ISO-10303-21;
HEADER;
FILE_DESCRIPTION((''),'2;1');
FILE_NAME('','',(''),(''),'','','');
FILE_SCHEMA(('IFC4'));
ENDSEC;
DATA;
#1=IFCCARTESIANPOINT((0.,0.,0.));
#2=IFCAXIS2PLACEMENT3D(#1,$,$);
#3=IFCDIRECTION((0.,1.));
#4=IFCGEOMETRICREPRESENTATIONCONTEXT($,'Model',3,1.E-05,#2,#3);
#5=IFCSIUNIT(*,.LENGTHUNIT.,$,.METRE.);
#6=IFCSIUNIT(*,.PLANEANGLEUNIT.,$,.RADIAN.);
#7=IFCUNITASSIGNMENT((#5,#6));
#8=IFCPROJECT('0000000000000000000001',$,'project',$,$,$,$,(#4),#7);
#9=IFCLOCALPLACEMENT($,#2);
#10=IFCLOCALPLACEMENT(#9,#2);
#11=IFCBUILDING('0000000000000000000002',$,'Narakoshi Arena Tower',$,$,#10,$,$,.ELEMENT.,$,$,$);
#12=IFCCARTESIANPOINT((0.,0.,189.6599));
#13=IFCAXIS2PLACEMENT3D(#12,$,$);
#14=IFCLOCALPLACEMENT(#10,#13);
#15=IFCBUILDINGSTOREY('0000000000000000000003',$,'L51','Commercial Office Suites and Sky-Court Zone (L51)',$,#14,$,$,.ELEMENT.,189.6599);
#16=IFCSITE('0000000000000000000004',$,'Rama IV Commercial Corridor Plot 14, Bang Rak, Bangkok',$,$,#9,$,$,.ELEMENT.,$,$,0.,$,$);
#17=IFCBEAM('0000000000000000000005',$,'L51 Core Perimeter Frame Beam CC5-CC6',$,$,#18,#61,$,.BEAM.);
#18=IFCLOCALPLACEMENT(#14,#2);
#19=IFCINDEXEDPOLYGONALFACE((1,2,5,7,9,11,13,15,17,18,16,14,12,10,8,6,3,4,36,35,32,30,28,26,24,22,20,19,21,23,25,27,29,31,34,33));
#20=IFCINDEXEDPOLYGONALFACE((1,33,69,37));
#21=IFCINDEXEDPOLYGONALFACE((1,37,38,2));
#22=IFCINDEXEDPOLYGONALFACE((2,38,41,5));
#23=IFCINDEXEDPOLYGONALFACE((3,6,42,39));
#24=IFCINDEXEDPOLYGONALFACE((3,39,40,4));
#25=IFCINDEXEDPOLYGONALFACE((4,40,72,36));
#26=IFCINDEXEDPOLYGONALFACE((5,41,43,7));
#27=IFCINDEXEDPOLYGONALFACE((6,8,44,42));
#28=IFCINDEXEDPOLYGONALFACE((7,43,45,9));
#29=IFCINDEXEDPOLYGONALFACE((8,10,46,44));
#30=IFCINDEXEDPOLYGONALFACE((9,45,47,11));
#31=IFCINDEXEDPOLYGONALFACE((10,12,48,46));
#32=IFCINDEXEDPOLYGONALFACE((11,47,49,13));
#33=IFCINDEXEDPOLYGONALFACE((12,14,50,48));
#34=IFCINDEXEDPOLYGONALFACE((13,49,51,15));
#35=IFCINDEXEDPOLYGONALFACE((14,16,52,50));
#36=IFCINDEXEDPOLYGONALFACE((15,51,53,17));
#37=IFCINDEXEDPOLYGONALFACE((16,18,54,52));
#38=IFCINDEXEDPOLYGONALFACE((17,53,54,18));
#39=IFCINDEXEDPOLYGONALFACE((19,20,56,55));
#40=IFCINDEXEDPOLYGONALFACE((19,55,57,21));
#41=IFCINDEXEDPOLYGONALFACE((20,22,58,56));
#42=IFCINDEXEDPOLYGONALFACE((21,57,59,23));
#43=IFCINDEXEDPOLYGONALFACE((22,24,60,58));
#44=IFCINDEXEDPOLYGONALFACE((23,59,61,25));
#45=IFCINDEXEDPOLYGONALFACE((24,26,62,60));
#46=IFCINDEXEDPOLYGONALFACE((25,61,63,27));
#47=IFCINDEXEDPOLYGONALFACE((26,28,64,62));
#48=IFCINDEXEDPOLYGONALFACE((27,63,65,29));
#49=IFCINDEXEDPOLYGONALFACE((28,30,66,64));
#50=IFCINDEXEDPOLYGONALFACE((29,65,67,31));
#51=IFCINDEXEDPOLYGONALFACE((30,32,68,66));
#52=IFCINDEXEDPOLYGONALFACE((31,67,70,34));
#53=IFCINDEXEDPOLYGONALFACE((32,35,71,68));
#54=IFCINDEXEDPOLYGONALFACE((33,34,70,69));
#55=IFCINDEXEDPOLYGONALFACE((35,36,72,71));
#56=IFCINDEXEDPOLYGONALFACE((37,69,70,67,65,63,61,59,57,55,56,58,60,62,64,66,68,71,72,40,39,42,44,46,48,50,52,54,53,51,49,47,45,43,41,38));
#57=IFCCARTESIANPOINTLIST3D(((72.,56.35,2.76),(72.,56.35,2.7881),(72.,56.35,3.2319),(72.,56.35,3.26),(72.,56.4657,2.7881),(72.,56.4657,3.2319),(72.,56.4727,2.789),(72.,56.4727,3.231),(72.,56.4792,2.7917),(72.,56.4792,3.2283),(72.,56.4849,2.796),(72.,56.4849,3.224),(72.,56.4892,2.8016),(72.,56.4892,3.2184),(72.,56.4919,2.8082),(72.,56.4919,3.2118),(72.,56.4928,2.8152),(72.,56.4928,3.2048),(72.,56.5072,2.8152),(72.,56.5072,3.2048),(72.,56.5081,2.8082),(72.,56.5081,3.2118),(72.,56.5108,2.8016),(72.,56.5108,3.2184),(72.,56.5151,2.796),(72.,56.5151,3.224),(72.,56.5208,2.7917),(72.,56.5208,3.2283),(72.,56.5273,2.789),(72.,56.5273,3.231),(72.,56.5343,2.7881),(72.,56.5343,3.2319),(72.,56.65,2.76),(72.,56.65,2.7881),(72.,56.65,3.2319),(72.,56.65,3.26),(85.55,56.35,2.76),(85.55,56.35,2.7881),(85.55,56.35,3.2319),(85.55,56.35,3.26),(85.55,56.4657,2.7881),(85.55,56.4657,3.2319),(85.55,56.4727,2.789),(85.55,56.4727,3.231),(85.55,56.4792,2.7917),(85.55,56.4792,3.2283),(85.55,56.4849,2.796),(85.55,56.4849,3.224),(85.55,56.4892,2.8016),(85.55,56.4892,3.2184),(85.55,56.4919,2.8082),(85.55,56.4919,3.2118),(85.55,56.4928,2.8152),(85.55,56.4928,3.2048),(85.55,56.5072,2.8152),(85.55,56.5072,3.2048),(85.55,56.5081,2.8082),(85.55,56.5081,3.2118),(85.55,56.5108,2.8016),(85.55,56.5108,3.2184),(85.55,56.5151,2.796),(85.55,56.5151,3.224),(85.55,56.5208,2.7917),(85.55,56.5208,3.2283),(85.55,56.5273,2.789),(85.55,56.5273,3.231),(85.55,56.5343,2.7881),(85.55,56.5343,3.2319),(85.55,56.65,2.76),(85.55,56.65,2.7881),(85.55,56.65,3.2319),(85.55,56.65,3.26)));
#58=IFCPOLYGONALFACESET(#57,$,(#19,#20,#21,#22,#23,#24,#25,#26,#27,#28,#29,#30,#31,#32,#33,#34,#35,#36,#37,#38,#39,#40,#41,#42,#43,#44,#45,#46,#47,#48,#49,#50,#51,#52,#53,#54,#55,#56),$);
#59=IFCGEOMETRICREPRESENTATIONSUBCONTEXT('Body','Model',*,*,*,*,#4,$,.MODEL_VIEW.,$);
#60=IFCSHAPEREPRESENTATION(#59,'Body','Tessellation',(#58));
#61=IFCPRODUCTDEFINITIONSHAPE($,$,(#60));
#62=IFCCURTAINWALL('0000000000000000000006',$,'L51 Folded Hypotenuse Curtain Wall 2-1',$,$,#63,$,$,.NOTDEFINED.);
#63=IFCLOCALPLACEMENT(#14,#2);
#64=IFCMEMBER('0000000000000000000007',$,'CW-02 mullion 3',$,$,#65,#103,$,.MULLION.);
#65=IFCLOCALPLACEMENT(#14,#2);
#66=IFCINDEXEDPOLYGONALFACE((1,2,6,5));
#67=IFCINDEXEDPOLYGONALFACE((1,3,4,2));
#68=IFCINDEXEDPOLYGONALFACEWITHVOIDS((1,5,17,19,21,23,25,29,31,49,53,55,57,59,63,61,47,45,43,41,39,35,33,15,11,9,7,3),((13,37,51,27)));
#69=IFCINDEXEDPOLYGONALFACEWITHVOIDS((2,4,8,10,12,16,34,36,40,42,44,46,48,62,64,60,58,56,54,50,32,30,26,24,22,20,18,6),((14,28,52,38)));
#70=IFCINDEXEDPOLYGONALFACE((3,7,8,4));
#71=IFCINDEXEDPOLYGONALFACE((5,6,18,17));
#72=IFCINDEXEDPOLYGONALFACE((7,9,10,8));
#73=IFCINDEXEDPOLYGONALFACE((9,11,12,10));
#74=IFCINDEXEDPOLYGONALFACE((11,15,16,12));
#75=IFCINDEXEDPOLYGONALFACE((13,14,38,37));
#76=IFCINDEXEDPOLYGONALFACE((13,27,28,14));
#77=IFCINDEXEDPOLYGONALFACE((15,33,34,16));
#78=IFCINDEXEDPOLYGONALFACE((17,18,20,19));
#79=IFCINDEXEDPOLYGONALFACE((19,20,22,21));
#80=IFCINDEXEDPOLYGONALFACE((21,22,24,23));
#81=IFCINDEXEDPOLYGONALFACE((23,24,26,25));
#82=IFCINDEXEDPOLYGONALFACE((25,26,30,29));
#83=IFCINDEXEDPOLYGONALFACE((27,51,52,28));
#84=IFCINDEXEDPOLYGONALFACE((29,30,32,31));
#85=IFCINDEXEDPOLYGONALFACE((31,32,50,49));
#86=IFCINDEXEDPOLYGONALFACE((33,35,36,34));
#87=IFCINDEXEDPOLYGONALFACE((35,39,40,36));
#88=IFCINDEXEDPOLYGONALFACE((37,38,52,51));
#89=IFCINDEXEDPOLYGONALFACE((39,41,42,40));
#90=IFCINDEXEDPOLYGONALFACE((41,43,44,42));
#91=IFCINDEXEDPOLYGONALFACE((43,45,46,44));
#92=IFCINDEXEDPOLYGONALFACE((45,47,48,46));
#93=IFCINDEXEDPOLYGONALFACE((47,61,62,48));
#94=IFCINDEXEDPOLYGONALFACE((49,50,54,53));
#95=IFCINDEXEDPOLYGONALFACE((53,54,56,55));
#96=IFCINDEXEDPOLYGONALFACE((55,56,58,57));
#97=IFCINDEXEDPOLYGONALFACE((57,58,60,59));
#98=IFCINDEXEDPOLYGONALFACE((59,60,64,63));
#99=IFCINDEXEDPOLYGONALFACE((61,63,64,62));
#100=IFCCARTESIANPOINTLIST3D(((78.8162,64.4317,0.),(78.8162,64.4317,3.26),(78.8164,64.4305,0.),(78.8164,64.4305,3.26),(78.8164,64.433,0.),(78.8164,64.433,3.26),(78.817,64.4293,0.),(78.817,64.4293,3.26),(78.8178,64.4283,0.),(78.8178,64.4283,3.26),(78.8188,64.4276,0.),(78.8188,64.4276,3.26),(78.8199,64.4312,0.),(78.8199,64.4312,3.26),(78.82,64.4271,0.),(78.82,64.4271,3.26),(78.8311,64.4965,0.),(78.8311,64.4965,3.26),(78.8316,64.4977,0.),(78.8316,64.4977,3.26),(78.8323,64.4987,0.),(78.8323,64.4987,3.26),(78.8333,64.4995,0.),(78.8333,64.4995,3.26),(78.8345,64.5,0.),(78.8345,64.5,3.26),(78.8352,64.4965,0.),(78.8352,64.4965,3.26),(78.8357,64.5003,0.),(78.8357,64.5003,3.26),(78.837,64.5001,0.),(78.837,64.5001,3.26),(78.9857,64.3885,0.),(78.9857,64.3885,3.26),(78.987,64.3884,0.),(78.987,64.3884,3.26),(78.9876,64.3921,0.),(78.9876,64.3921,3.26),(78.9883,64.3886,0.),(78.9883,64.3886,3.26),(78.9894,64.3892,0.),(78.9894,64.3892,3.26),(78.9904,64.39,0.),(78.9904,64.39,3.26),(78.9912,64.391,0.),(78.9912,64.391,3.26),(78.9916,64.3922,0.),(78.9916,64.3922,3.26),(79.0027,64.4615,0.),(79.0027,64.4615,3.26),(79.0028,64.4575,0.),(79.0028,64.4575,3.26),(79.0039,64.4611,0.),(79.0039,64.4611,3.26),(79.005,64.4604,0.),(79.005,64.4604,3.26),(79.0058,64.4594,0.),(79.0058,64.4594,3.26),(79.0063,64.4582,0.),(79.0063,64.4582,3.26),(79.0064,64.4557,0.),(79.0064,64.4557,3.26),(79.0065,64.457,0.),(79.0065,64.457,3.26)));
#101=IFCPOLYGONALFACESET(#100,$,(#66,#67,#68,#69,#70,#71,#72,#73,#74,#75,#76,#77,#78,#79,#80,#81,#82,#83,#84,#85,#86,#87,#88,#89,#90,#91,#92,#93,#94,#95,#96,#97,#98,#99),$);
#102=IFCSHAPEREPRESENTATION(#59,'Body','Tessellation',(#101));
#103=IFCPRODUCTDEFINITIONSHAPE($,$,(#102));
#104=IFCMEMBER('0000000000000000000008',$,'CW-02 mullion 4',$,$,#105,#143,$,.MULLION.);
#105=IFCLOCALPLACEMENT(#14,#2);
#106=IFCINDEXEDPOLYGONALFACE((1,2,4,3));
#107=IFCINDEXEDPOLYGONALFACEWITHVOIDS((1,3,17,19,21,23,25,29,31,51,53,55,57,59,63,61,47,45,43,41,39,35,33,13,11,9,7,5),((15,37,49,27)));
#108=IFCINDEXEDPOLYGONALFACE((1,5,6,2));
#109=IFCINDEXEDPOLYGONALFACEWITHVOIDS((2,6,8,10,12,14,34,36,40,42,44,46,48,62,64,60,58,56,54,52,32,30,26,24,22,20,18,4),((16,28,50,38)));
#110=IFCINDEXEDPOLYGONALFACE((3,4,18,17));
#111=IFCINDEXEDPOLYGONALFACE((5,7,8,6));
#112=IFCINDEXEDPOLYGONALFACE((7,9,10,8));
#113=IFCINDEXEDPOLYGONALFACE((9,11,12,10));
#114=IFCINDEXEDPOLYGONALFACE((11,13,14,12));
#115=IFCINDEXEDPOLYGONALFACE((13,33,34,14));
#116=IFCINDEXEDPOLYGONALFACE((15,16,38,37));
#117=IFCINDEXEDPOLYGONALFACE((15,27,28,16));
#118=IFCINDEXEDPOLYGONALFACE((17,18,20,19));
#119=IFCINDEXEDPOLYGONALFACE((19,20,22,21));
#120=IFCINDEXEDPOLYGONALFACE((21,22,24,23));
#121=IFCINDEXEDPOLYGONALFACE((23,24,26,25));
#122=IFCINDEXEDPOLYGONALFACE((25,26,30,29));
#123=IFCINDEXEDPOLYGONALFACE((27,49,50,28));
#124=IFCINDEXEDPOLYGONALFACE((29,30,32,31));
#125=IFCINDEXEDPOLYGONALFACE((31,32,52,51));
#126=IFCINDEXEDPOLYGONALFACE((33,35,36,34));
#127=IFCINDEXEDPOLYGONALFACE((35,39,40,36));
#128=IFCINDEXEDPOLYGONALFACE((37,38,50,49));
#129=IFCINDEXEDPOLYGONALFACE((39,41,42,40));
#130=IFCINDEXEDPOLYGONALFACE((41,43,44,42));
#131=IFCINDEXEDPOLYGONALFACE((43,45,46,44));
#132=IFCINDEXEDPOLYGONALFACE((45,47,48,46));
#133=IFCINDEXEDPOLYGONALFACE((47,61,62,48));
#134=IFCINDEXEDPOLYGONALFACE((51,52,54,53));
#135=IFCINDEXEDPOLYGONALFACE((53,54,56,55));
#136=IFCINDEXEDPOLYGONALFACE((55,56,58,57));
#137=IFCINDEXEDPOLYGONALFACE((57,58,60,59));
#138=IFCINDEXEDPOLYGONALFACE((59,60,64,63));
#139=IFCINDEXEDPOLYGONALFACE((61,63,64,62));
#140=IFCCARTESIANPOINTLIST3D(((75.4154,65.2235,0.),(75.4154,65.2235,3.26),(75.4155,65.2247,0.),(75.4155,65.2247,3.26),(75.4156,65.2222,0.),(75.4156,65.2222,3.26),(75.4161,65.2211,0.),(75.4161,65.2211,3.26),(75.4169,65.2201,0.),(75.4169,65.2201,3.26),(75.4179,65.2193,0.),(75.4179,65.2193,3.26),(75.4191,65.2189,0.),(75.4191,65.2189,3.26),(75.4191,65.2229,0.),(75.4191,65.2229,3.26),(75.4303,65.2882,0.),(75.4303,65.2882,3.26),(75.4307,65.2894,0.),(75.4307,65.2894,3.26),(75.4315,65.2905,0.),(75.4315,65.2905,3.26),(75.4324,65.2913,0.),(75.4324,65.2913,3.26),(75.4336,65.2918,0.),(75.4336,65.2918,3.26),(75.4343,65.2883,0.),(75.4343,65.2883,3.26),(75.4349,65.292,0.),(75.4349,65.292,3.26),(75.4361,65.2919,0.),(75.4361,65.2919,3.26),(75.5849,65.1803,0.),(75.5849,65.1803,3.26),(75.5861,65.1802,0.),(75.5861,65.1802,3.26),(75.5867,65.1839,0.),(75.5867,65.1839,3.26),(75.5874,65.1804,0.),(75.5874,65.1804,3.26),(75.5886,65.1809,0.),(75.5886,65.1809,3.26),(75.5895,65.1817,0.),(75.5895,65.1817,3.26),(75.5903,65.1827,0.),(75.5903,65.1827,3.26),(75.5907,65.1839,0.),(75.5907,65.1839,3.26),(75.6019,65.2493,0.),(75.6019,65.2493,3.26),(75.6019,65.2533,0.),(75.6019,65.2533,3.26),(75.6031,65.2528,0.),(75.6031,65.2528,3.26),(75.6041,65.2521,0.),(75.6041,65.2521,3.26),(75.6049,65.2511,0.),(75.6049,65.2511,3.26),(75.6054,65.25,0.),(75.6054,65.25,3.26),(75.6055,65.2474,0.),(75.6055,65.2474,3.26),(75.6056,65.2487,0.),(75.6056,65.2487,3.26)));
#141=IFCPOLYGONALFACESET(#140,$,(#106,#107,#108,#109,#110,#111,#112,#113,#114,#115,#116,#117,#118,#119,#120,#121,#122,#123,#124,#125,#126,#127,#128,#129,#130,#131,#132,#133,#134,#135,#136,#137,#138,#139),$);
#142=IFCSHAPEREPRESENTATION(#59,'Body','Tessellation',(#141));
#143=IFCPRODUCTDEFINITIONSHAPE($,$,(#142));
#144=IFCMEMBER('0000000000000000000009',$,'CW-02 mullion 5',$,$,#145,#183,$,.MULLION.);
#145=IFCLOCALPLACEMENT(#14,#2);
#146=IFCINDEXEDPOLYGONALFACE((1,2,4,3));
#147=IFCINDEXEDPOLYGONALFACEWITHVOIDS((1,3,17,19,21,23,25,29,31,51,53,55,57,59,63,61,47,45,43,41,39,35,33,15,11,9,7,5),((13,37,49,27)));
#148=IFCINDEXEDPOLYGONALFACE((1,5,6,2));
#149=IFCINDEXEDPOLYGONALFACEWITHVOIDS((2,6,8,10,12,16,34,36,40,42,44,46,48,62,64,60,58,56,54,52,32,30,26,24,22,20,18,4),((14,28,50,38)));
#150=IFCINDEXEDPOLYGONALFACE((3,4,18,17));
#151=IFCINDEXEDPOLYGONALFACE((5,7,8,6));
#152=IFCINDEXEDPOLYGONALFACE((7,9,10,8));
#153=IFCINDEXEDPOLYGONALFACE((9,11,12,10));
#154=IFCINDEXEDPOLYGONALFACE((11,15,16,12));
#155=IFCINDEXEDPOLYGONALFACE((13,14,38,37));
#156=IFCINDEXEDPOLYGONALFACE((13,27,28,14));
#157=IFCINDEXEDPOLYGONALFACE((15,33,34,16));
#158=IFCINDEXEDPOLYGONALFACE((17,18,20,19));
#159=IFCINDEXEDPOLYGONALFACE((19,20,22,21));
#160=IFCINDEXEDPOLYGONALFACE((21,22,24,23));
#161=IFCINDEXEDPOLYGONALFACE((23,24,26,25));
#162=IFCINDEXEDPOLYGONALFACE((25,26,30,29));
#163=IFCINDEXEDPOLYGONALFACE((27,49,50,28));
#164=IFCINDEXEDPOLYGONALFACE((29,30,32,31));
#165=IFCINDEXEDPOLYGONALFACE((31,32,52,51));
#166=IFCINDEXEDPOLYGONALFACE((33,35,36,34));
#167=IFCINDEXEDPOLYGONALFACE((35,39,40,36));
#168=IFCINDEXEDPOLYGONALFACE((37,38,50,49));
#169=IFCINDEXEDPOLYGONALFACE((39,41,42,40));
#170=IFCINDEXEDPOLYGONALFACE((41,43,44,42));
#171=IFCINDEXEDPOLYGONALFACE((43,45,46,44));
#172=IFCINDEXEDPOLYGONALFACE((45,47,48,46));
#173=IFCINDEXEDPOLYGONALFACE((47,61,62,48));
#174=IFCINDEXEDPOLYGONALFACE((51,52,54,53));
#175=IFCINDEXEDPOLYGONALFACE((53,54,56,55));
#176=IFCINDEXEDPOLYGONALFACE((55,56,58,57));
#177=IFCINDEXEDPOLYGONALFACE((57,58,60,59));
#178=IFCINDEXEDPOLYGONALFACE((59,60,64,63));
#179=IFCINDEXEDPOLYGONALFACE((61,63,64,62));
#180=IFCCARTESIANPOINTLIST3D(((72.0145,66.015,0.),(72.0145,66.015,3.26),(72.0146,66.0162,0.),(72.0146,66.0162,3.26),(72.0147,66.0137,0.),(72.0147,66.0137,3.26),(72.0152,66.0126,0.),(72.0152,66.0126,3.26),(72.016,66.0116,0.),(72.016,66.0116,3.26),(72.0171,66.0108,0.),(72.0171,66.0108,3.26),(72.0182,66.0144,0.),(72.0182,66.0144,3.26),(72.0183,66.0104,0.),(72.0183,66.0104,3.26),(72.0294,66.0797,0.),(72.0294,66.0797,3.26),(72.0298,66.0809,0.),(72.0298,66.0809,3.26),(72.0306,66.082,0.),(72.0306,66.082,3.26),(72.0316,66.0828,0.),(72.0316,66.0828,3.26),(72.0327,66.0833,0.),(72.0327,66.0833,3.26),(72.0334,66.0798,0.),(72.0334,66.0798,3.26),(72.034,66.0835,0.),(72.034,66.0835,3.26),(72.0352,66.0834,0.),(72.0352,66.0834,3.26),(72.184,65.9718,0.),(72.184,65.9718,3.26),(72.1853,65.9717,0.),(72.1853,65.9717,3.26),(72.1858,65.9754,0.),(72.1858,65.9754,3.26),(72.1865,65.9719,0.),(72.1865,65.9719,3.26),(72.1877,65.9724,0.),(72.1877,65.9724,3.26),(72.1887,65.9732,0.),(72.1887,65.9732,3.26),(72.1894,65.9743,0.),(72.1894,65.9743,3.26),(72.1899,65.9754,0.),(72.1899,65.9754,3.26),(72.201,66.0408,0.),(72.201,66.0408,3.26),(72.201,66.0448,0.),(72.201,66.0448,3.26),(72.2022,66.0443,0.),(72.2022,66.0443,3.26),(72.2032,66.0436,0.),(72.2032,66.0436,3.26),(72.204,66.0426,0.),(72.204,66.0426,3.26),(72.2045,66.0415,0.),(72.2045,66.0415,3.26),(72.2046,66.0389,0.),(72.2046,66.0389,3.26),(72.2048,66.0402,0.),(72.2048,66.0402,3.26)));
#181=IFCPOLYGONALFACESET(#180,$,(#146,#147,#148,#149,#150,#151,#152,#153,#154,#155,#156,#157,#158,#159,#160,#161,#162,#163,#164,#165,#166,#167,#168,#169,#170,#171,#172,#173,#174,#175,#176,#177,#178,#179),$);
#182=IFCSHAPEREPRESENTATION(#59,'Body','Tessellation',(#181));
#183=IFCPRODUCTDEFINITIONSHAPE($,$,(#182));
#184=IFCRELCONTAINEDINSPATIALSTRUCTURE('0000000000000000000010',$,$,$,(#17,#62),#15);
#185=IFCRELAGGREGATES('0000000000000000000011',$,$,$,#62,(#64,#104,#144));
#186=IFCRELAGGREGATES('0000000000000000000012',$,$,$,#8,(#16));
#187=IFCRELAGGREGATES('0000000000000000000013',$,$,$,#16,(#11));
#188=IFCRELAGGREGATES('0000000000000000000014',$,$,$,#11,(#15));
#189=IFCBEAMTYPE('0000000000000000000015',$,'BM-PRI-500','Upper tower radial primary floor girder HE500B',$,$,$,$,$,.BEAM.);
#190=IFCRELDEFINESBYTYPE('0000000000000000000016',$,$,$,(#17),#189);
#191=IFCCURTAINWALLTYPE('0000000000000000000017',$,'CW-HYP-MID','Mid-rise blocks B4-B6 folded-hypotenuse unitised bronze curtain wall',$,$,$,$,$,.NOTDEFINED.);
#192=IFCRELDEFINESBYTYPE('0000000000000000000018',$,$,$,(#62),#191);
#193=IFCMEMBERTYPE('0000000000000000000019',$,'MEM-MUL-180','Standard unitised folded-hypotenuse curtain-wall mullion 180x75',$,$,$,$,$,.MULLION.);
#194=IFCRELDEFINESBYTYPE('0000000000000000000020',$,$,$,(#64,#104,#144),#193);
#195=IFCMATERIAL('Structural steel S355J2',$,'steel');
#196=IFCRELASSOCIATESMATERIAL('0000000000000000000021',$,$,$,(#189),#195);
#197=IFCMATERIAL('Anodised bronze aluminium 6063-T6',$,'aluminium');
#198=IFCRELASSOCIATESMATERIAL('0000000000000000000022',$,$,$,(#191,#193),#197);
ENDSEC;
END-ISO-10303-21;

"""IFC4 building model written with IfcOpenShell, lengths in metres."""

from ifc_helpers import new_model, si_unit, direction, frame, origin, origin_2d, place, context, subcontext, project, spatial, hollow_rectangle, i_section, extrude, material, material_profile, profile_set, type_object, element, aggregate, save


model = new_model("IFC4")

# Units and contexts
model_context = context("Model", 3, precision=1e-05, world=origin(), true_north=direction((0.0, 1.0)))
body_context = subcontext(model_context, "Body", "Model", "MODEL_VIEW")
ifc_project = project(units=[si_unit("LENGTHUNIT", "METRE"), si_unit("PLANEANGLEUNIT", "RADIAN")], contexts=[model_context])

# Site, building, storey
site_placement = place(None, origin())
site = spatial("IfcSite", under=ifc_project, at=site_placement, Name="Rama IV Commercial Corridor Plot 14, Bang Rak, Bangkok", CompositionType="ELEMENT", RefElevation=0.0)
building_placement = place(site_placement, origin())
building = spatial("IfcBuilding", under=site, at=building_placement, Name="Narakoshi Arena Tower", CompositionType="ELEMENT")
storey_placement = place(building_placement, frame((0.0, 0.0, 189.6599)))
storey = spatial("IfcBuildingStorey", under=building, at=storey_placement, Name="L51", Description="Commercial Office Suites and Sky-Court Zone (L51)", CompositionType="ELEMENT", Elevation=189.6599)

# Beam
ifc_material_1 = material(Name="Structural steel S355J2", Category="steel")
ifc_material_profile_1 = material_profile(ifc_material_1, i_section(OverallWidth=0.3, OverallDepth=0.5, WebThickness=0.0144, FlangeThickness=0.0281, FilletRadius=0.0271, at=origin_2d()), Name="HE500B")
ifc_profile_set_1 = profile_set([ifc_material_profile_1], Name="Structural steel S355J2")
beam_type = type_object("IfcBeamType", Name="BM-PRI-500", Description="Upper tower radial primary floor girder HE500B", PredefinedType="BEAM", material=ifc_profile_set_1)
beam_placement = place(storey_placement, frame((72.0, 56.5, 3.01), z_axis=(1.0, 0.0, 0.0), x_axis=(0.0, 1.0, 0.0)))
element("IfcBeam", 1, at=beam_placement, inside=storey, type_object=beam_type, Name="L51 Core Perimeter Frame Beam CC5-CC6", PredefinedType="BEAM", context=body_context, shape_type="SweptSolid", body=[
    extrude(i_section(OverallWidth=0.3, OverallDepth=0.5, WebThickness=0.0144, FlangeThickness=0.0281, FilletRadius=0.0271, at=origin_2d()), origin(), (0.0, 0.0, 1.0), 13.55),
])

# Curtain wall, members
ifc_material_2 = material(Name="Anodised bronze aluminium 6063-T6", Category="aluminium")
curtain_wall_type = type_object("IfcCurtainWallType", Name="CW-HYP-MID", Description="Mid-rise blocks B4-B6 folded-hypotenuse unitised bronze curtain wall", PredefinedType="NOTDEFINED", material=ifc_material_2)
curtain_wall_placement = place(storey_placement, origin())
curtain_wall = element("IfcCurtainWall", 2, at=curtain_wall_placement, inside=storey, type_object=curtain_wall_type, Name="L51 Folded Hypotenuse Curtain Wall 2-1", PredefinedType="NOTDEFINED")
ifc_material_profile_2 = material_profile(ifc_material_2, hollow_rectangle(XDim=0.075, YDim=0.1799, WallThickness=0.0039, OuterFilletRadius=0.0049, at=origin_2d()), Name="MUL180x75x4")
ifc_profile_set_2 = profile_set([ifc_material_profile_2], Name="Anodised bronze aluminium 6063-T6")
member_type_1 = type_object("IfcMemberType", Name="MEM-MUL-180", Description="Standard unitised folded-hypotenuse curtain-wall mullion 180x75", PredefinedType="MULLION", material=ifc_profile_set_2)
member_1_placement = place(storey_placement, frame((78.9114, 64.4443, 0.0), z_axis=(0.0, 0.0, 1.0), x_axis=(-0.226721, -0.97396, 0.0)))
member_1 = element("IfcMember", 3, at=member_1_placement, type_object=member_type_1, Name="CW-02 mullion 3", PredefinedType="MULLION", context=body_context, shape_type="SweptSolid", body=[
    extrude(hollow_rectangle(XDim=0.075, YDim=0.1799, WallThickness=0.0039, OuterFilletRadius=0.0049, at=origin_2d()), origin(), (0.0, 0.0, 1.0), 3.26),
])
member_2_placement = place(storey_placement, frame((75.5105, 65.2361, 0.0), z_axis=(0.0, 0.0, 1.0), x_axis=(-0.226721, -0.97396, 0.0)))
member_2 = element("IfcMember", 4, at=member_2_placement, type_object=member_type_1, Name="CW-02 mullion 4", PredefinedType="MULLION", context=body_context, shape_type="SweptSolid", body=[
    extrude(hollow_rectangle(XDim=0.075, YDim=0.1799, WallThickness=0.0039, OuterFilletRadius=0.0049, at=origin_2d()), origin(), (0.0, 0.0, 1.0), 3.26),
])
member_3_placement = place(storey_placement, frame((72.1096, 66.0276, 0.0), z_axis=(0.0, 0.0, 1.0), x_axis=(-0.226721, -0.97396, 0.0)))
member_3 = element("IfcMember", 5, at=member_3_placement, type_object=member_type_1, Name="CW-02 mullion 5", PredefinedType="MULLION", context=body_context, shape_type="SweptSolid", body=[
    extrude(hollow_rectangle(XDim=0.075, YDim=0.1799, WallThickness=0.0039, OuterFilletRadius=0.0049, at=origin_2d()), origin(), (0.0, 0.0, 1.0), 3.26),
])
aggregate(curtain_wall, [member_1, member_2, member_3])

save(model, "model.ifc")
